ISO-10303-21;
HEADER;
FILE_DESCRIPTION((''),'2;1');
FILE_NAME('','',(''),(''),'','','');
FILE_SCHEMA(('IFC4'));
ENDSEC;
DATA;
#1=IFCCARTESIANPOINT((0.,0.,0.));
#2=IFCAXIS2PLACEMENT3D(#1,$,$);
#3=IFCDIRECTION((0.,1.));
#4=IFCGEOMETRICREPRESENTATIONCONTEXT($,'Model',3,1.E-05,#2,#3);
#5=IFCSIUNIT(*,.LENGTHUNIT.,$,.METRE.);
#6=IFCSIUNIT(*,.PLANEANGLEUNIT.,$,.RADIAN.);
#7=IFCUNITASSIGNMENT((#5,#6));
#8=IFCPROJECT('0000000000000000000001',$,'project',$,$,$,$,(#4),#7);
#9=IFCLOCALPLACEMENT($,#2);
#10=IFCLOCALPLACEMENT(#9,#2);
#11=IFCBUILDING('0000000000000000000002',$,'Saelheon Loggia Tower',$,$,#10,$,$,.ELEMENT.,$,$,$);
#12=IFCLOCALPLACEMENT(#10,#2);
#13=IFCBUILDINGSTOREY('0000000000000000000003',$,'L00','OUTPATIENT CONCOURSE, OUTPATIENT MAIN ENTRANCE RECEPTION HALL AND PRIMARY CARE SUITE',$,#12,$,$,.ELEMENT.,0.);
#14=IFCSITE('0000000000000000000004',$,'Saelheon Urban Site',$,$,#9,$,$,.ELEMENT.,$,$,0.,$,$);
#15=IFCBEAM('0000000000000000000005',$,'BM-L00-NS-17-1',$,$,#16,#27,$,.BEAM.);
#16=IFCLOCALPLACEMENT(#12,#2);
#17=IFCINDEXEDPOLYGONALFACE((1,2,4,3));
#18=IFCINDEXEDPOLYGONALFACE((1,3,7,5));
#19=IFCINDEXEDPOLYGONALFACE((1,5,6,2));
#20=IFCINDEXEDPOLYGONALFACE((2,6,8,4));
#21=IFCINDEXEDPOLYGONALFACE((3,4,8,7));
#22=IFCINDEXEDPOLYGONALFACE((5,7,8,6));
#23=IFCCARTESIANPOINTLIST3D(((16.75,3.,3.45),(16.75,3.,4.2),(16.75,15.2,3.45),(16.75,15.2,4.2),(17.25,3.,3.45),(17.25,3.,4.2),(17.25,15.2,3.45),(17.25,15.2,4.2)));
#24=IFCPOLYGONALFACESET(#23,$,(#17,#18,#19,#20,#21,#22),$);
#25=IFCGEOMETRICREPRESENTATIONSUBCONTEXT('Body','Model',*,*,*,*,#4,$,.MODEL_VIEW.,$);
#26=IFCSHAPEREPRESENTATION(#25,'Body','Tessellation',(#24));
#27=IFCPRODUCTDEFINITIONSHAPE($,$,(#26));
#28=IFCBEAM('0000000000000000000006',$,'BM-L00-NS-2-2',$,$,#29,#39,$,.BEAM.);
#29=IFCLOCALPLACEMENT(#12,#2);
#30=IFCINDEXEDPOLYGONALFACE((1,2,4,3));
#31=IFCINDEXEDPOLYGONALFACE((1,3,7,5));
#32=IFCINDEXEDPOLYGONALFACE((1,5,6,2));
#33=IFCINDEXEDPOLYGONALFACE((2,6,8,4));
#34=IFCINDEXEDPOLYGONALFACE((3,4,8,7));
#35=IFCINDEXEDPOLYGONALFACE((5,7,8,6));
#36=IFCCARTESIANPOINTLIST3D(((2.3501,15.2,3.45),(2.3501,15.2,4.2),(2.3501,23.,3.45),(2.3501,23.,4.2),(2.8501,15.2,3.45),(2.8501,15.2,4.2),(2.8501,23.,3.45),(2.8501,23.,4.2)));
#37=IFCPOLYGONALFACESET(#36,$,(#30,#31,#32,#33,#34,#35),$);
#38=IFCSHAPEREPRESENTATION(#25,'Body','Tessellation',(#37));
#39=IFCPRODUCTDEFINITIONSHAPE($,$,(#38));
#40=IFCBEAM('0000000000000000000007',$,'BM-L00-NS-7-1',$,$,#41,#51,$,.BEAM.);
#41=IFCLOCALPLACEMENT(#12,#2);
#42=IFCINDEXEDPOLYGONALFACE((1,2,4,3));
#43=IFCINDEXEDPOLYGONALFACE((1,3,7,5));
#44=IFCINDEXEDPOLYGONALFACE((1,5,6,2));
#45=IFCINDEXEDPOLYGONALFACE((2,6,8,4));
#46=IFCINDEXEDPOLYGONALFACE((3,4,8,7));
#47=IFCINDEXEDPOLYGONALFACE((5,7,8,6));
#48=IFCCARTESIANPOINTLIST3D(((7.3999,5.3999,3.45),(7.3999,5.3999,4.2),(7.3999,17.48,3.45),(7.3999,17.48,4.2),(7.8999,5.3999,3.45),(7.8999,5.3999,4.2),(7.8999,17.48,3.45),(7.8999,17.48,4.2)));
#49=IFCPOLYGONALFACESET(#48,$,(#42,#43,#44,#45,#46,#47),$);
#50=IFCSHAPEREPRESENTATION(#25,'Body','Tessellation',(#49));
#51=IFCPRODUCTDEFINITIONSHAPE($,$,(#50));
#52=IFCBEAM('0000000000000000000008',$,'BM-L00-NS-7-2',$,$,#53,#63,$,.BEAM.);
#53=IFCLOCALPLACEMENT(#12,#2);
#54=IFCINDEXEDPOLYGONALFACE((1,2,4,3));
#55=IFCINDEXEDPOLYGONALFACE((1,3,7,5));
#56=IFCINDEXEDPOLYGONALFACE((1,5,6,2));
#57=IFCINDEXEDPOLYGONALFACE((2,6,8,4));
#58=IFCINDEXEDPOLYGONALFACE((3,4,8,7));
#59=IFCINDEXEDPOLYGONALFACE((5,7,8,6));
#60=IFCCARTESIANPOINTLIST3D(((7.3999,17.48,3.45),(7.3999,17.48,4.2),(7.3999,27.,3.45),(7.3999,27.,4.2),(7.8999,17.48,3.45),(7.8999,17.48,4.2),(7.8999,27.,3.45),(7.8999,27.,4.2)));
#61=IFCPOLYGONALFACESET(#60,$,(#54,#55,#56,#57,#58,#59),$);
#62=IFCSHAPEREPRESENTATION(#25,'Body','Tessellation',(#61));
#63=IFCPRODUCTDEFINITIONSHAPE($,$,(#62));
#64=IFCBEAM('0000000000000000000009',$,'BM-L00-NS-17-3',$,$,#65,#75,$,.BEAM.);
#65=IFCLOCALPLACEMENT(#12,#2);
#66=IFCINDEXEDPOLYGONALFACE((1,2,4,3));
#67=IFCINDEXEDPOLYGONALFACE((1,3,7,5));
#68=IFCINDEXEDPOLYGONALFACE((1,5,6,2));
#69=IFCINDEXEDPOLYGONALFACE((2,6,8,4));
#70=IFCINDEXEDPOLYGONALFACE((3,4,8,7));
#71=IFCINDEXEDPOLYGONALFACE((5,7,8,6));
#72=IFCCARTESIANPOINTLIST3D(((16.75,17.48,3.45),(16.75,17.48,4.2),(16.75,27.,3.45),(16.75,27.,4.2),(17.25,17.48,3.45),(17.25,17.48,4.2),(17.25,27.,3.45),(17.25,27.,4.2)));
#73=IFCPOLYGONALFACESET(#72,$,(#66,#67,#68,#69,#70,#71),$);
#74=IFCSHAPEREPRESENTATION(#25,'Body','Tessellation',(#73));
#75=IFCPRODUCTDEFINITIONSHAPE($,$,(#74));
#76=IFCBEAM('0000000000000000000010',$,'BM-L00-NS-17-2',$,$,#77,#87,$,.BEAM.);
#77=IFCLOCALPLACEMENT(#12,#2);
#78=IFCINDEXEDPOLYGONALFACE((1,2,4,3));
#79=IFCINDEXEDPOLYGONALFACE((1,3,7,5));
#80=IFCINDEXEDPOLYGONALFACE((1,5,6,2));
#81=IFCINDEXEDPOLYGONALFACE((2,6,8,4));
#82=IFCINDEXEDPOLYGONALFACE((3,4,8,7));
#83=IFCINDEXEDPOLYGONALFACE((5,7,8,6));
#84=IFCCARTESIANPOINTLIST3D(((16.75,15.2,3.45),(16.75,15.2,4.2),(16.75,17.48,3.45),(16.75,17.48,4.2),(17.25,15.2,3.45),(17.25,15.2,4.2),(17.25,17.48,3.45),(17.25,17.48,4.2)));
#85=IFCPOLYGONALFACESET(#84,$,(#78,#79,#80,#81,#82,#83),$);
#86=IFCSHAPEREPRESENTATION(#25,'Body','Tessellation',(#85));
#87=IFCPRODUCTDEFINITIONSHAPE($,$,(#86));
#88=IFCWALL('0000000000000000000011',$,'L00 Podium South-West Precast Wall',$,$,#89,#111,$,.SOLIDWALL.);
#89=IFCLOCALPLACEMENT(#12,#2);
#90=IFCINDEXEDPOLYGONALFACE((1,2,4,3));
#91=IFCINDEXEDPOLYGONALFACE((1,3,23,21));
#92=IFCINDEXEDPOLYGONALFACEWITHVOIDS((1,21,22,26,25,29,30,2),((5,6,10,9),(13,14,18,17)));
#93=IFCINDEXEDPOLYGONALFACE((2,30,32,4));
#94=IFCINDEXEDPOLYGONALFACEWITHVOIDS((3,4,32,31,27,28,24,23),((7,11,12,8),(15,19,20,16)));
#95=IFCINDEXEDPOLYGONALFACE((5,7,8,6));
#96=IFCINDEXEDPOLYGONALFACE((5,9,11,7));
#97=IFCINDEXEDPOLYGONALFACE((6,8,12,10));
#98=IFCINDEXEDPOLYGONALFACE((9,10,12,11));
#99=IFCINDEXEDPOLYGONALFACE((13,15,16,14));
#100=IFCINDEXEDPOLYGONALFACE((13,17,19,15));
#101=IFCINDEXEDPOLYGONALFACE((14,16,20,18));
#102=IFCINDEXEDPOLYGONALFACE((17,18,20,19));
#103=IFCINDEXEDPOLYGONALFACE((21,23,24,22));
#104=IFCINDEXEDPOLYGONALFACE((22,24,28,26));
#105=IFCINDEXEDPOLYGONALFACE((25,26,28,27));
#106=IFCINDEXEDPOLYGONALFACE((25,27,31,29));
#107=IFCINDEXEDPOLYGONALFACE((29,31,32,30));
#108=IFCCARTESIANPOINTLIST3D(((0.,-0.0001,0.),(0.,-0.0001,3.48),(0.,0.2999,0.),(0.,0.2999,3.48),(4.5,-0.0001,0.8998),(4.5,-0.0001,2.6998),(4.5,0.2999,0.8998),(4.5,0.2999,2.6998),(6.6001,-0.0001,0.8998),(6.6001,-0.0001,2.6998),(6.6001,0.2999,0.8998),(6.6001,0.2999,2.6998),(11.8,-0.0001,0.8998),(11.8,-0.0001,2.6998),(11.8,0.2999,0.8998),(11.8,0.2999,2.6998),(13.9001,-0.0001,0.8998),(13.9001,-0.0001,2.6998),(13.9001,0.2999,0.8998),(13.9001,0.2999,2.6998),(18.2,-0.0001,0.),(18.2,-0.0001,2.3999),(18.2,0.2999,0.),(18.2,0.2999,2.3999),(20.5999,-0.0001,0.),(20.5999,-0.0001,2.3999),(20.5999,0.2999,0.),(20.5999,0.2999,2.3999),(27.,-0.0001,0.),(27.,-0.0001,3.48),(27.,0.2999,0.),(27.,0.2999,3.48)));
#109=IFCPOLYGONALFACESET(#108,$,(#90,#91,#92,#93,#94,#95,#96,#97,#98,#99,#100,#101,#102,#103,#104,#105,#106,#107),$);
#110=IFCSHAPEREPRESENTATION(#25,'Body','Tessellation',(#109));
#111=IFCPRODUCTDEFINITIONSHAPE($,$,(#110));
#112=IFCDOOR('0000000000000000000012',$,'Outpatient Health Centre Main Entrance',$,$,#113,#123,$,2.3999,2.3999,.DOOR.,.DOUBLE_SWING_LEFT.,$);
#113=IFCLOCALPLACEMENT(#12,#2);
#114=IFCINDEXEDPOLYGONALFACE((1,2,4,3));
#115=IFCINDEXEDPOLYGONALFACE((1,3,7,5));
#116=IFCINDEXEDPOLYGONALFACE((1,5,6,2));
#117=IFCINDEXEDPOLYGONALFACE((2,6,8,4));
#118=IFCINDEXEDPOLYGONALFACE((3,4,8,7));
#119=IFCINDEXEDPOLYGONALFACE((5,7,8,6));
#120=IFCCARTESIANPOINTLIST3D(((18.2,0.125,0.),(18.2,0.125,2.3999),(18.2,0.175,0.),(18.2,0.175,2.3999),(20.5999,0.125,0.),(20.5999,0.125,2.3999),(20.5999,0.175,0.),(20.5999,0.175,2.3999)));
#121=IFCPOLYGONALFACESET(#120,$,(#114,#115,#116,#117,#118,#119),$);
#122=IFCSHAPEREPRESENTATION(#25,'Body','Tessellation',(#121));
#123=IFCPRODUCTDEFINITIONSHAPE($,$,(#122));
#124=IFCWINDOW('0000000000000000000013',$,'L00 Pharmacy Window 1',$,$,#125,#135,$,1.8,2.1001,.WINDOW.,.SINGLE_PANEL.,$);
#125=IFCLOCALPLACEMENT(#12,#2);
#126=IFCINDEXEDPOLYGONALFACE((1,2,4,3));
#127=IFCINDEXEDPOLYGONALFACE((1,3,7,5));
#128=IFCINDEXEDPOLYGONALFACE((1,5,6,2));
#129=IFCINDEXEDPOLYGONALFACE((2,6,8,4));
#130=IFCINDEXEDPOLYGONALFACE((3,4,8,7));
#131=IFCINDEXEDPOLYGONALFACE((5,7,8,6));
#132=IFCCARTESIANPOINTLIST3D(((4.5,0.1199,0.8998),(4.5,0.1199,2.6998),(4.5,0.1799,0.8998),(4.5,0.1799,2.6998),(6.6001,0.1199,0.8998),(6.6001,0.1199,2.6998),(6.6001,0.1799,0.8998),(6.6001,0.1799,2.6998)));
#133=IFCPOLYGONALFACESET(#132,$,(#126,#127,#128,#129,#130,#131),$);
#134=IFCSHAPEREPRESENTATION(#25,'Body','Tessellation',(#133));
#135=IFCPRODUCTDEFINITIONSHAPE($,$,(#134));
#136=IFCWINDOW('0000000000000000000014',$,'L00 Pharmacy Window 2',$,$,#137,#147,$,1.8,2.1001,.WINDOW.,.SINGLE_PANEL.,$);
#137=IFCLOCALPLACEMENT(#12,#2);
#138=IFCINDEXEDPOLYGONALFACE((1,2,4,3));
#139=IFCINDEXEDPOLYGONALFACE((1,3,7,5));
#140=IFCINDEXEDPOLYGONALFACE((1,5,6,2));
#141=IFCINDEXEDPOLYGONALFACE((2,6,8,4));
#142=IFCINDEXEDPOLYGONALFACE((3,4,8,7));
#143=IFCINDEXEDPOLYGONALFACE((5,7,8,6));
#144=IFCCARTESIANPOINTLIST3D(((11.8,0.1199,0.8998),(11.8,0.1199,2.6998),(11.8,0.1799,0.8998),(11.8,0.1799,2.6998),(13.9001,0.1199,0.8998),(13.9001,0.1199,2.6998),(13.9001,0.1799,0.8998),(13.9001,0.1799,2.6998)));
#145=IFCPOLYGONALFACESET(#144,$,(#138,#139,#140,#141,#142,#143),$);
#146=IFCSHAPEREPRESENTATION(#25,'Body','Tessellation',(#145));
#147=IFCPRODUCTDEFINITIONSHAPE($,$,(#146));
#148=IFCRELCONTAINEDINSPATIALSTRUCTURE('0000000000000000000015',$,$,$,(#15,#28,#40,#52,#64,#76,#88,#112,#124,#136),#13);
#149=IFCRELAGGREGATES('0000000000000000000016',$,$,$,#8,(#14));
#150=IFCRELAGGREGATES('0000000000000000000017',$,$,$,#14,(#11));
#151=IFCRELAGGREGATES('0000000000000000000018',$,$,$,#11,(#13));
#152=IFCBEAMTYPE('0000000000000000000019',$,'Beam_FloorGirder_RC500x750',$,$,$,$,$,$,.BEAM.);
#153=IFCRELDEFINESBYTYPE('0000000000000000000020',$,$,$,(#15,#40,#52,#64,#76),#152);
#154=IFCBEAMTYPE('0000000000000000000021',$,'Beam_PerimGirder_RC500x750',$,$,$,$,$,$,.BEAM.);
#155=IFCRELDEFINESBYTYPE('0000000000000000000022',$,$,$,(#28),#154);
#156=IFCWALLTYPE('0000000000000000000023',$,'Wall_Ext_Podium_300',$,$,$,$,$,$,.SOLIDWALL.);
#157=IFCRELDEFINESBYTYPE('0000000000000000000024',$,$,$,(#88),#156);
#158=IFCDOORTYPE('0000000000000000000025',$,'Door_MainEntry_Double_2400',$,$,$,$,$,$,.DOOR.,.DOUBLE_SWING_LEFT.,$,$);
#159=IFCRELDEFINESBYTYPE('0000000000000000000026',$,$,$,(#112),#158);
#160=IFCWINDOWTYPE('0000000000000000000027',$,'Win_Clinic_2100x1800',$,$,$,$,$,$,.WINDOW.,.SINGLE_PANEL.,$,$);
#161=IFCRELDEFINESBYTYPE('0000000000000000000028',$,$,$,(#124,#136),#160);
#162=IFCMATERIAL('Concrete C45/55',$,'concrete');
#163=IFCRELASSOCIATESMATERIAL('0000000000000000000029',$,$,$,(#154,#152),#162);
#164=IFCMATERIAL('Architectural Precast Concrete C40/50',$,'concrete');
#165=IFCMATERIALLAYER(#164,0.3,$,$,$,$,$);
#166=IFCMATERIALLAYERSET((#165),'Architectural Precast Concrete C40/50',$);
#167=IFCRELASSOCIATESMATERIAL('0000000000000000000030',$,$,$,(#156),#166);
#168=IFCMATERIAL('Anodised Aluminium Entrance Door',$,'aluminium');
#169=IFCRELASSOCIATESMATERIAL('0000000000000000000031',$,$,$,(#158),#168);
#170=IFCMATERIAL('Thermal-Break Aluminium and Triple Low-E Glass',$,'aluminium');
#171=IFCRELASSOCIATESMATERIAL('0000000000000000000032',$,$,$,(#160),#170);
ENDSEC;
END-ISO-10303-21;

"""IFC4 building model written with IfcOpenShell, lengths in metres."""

from ifc_helpers import new_model, si_unit, direction, frame, frame_2d, origin, origin_2d, place, context, subcontext, project, spatial, rectangle, extrude, source, transform, mapped, material, layer, layer_set, material_profile, profile_set, type_object, element, fill, save


model = new_model("IFC4")

# Units and contexts
model_context = context("Model", 3, precision=1e-05, world=origin(), true_north=direction((0.0, 1.0)))
body_context = subcontext(model_context, "Body", "Model", "MODEL_VIEW")
ifc_project = project(units=[si_unit("LENGTHUNIT", "METRE"), si_unit("PLANEANGLEUNIT", "RADIAN")], contexts=[model_context])

# Site, building, storey
site_placement = place(None, origin())
site = spatial("IfcSite", under=ifc_project, at=site_placement, Name="Saelheon Urban Site", CompositionType="ELEMENT", RefElevation=0.0)
building_placement = place(site_placement, origin())
building = spatial("IfcBuilding", under=site, at=building_placement, Name="Saelheon Loggia Tower", CompositionType="ELEMENT")
storey_placement = place(building_placement, origin())
storey = spatial("IfcBuildingStorey", under=building, at=storey_placement, Name="L00", Description="OUTPATIENT CONCOURSE, OUTPATIENT MAIN ENTRANCE RECEPTION HALL AND PRIMARY CARE SUITE", CompositionType="ELEMENT", Elevation=0.0)

# Shared definitions
ifc_material_1 = material(Name="Concrete C45/55", Category="concrete")

# Beams
ifc_material_profile_1 = material_profile(ifc_material_1, rectangle(XDim=0.5, YDim=0.75, at=origin_2d()), Name="RC-500x750")
ifc_profile_set_1 = profile_set([ifc_material_profile_1], Name="Concrete C45/55")
beam_type_1 = type_object("IfcBeamType", Name="Beam_PerimGirder_RC500x750", PredefinedType="BEAM", material=ifc_profile_set_1)
shared_shape_1 = source(origin(), body_context, "Body", "SweptSolid", [
    extrude(rectangle(XDim=0.5, YDim=0.75, at=origin_2d()), origin(), (0.0, 0.0, 1.0), 12.2),
])
ifc_material_profile_2 = material_profile(ifc_material_1, rectangle(XDim=0.5, YDim=0.75, at=origin_2d()), Name="RC-500x750")
ifc_profile_set_2 = profile_set([ifc_material_profile_2], Name="Concrete C45/55")
beam_type_2 = type_object("IfcBeamType", Name="Beam_FloorGirder_RC500x750", PredefinedType="BEAM", material=ifc_profile_set_2)
beam_1_placement = place(storey_placement, frame((17.0, 3.0, 3.825), z_axis=(0.0, 1.0, 0.0), x_axis=(-1.0, 0.0, 0.0)))
element("IfcBeam", 1, at=beam_1_placement, inside=storey, type_object=beam_type_2, Name="BM-L00-NS-17-1", PredefinedType="BEAM", context=body_context, shape_type="MappedRepresentation", body=[
    mapped(shared_shape_1, transform((0.0, 0.0, 0.0), scale=1.0)),
])
shared_shape_2 = source(origin(), body_context, "Body", "SweptSolid", [
    extrude(rectangle(XDim=0.5, YDim=0.75, at=origin_2d()), origin(), (0.0, 0.0, 1.0), 7.8),
])
beam_2_placement = place(storey_placement, frame((2.6001, 15.2, 3.825), z_axis=(0.0, 1.0, 0.0), x_axis=(-1.0, 0.0, 0.0)))
element("IfcBeam", 2, at=beam_2_placement, inside=storey, type_object=beam_type_1, Name="BM-L00-NS-2-2", PredefinedType="BEAM", context=body_context, shape_type="MappedRepresentation", body=[
    mapped(shared_shape_2, transform((0.0, 0.0, 0.0), scale=1.0)),
])
shared_shape_3 = source(origin(), body_context, "Body", "SweptSolid", [
    extrude(rectangle(XDim=0.5, YDim=0.75, at=origin_2d()), origin(), (0.0, 0.0, 1.0), 12.0801),
])
beam_3_placement = place(storey_placement, frame((7.6499, 5.3999, 3.825), z_axis=(0.0, 1.0, 0.0), x_axis=(-1.0, 0.0, 0.0)))
element("IfcBeam", 3, at=beam_3_placement, inside=storey, type_object=beam_type_2, Name="BM-L00-NS-7-1", PredefinedType="BEAM", context=body_context, shape_type="MappedRepresentation", body=[
    mapped(shared_shape_3, transform((0.0, 0.0, 0.0), scale=1.0)),
])
shared_shape_4 = source(origin(), body_context, "Body", "SweptSolid", [
    extrude(rectangle(XDim=0.5, YDim=0.75, at=origin_2d()), origin(), (0.0, 0.0, 1.0), 9.52),
])
for number, where, z_axis, x_axis, name in (
    (4, (7.6499, 17.48, 3.825), (0.0, 1.0, 0.0), (-1.0, 0.0, 0.0), "BM-L00-NS-7-2"),
    (5, (17.0, 17.48, 3.825), (0.0, 1.0, 0.0), (-1.0, 0.0, 0.0), "BM-L00-NS-17-3"),
):
    element("IfcBeam", number, at=place(storey_placement, frame(where, z_axis=z_axis, x_axis=x_axis)), inside=storey, type_object=beam_type_2, Name=name, PredefinedType="BEAM", context=body_context, shape_type="MappedRepresentation", body=[
        mapped(shared_shape_4, transform((0.0, 0.0, 0.0), scale=1.0)),
    ])
shared_shape_5 = source(origin(), body_context, "Body", "SweptSolid", [
    extrude(rectangle(XDim=0.5, YDim=0.75, at=origin_2d()), origin(), (0.0, 0.0, 1.0), 2.28),
])
beam_4_placement = place(storey_placement, frame((17.0, 15.2, 3.825), z_axis=(0.0, 1.0, 0.0), x_axis=(-1.0, 0.0, 0.0)))
element("IfcBeam", 6, at=beam_4_placement, inside=storey, type_object=beam_type_2, Name="BM-L00-NS-17-2", PredefinedType="BEAM", context=body_context, shape_type="MappedRepresentation", body=[
    mapped(shared_shape_5, transform((0.0, 0.0, 0.0), scale=1.0)),
])

# Wall, openings, door, windows
ifc_material_2 = material(Name="Architectural Precast Concrete C40/50", Category="concrete")
ifc_layer_1 = layer(ifc_material_2, 0.3)
ifc_layer_set_1 = layer_set([ifc_layer_1], Name="Architectural Precast Concrete C40/50")
wall_type_1 = type_object("IfcWallType", Name="Wall_Ext_Podium_300", PredefinedType="SOLIDWALL", material=ifc_layer_set_1)
wall_1_placement = place(storey_placement, frame((0.0, 0.1499, 0.0), z_axis=(0.0, 0.0, 1.0), x_axis=(1.0, 0.0, 0.0)))
wall_1 = element("IfcWall", 7, at=wall_1_placement, inside=storey, type_object=wall_type_1, Name="L00 Podium South-West Precast Wall", PredefinedType="SOLIDWALL", context=body_context, shape_type="SweptSolid", body=[
    extrude(rectangle(XDim=27.0, YDim=0.3, at=frame_2d((13.5, 0.0))), origin(), (0.0, 0.0, 1.0), 3.48),
])
opening_1_placement = place(wall_1_placement, frame((20.5999, 0.0, 0.0), z_axis=(0.0, 0.0, 1.0), x_axis=(-1.0, 0.0, 0.0)))
opening_1 = element("IfcOpeningElement", 8, at=opening_1_placement, cuts=wall_1, PredefinedType="OPENING", context=body_context, shape_type="SweptSolid", body=[
    extrude(rectangle(XDim=2.3999, YDim=2.3999, at=frame_2d((1.2, 1.2))), frame((0.0, 0.1621, 0.0), z_axis=(0.0, -1.0, 0.0), x_axis=(1.0, 0.0, 0.0)), (0.0, 0.0, 1.0), 0.324),
])
opening_2_placement = place(wall_1_placement, frame((4.5, 0.0, 0.8999)))
opening_2 = element("IfcOpeningElement", 9, at=opening_2_placement, cuts=wall_1, PredefinedType="OPENING", context=body_context, shape_type="SweptSolid", body=[
    extrude(rectangle(XDim=2.1001, YDim=1.8, at=frame_2d((1.05, 0.8999))), frame((0.0, 0.1621, 0.0), z_axis=(0.0, -1.0, 0.0), x_axis=(1.0, 0.0, 0.0)), (0.0, 0.0, 1.0), 0.324),
])
opening_3_placement = place(wall_1_placement, frame((11.8, 0.0, 0.8999)))
opening_3 = element("IfcOpeningElement", 10, at=opening_3_placement, cuts=wall_1, PredefinedType="OPENING", context=body_context, shape_type="SweptSolid", body=[
    extrude(rectangle(XDim=2.1001, YDim=1.8, at=frame_2d((1.05, 0.8999))), frame((0.0, 0.1621, 0.0), z_axis=(0.0, -1.0, 0.0), x_axis=(1.0, 0.0, 0.0)), (0.0, 0.0, 1.0), 0.324),
])
ifc_material_3 = material(Name="Anodised Aluminium Entrance Door", Category="aluminium")
door_type_1 = type_object("IfcDoorType", Name="Door_MainEntry_Double_2400", OperationType="DOUBLE_SWING_LEFT", PredefinedType="DOOR", material=ifc_material_3)
shared_shape_6 = source(origin(), body_context, "Body", "SweptSolid", [
    extrude(rectangle(XDim=2.3999, YDim=2.3999, at=frame_2d((1.2, 1.2))), frame((0.0, 0.0249, 0.0), z_axis=(0.0, -1.0, 0.0), x_axis=(1.0, 0.0, 0.0)), (0.0, 0.0, 1.0), 0.05),
])
door_1_placement = place(opening_1_placement, origin())
door_1 = element("IfcDoor", 11, at=door_1_placement, inside=storey, type_object=door_type_1, Name="Outpatient Health Centre Main Entrance", OperationType="DOUBLE_SWING_LEFT", OverallHeight=2.3999, OverallWidth=2.3999, PredefinedType="DOOR", context=body_context, shape_type="MappedRepresentation", body=[
    mapped(shared_shape_6, transform((0.0, 0.0, 0.0), scale=1.0)),
])
fill(opening_1, door_1)
ifc_material_4 = material(Name="Thermal-Break Aluminium and Triple Low-E Glass", Category="aluminium")
window_type = type_object("IfcWindowType", Name="Win_Clinic_2100x1800", PartitioningType="SINGLE_PANEL", PredefinedType="WINDOW", material=ifc_material_4)
shared_shape_7 = source(origin(), body_context, "Body", "SweptSolid", [
    extrude(rectangle(XDim=2.1001, YDim=1.8, at=frame_2d((1.05, 0.8999))), frame((0.0, 0.03, 0.0), z_axis=(0.0, -1.0, 0.0), x_axis=(1.0, 0.0, 0.0)), (0.0, 0.0, 1.0), 0.0601),
])
window_1_placement = place(opening_2_placement, origin())
window_1 = element("IfcWindow", 12, at=window_1_placement, inside=storey, type_object=window_type, Name="L00 Pharmacy Window 1", OverallHeight=1.8, OverallWidth=2.1001, PartitioningType="SINGLE_PANEL", PredefinedType="WINDOW", context=body_context, shape_type="MappedRepresentation", body=[
    mapped(shared_shape_7, transform((0.0, 0.0, 0.0), scale=1.0)),
])
fill(opening_2, window_1)
window_2_placement = place(opening_3_placement, origin())
window_2 = element("IfcWindow", 13, at=window_2_placement, inside=storey, type_object=window_type, Name="L00 Pharmacy Window 2", OverallHeight=1.8, OverallWidth=2.1001, PartitioningType="SINGLE_PANEL", PredefinedType="WINDOW", context=body_context, shape_type="MappedRepresentation", body=[
    mapped(shared_shape_7, transform((0.0, 0.0, 0.0), scale=1.0)),
])
fill(opening_3, window_2)

save(model, "model.ifc")
